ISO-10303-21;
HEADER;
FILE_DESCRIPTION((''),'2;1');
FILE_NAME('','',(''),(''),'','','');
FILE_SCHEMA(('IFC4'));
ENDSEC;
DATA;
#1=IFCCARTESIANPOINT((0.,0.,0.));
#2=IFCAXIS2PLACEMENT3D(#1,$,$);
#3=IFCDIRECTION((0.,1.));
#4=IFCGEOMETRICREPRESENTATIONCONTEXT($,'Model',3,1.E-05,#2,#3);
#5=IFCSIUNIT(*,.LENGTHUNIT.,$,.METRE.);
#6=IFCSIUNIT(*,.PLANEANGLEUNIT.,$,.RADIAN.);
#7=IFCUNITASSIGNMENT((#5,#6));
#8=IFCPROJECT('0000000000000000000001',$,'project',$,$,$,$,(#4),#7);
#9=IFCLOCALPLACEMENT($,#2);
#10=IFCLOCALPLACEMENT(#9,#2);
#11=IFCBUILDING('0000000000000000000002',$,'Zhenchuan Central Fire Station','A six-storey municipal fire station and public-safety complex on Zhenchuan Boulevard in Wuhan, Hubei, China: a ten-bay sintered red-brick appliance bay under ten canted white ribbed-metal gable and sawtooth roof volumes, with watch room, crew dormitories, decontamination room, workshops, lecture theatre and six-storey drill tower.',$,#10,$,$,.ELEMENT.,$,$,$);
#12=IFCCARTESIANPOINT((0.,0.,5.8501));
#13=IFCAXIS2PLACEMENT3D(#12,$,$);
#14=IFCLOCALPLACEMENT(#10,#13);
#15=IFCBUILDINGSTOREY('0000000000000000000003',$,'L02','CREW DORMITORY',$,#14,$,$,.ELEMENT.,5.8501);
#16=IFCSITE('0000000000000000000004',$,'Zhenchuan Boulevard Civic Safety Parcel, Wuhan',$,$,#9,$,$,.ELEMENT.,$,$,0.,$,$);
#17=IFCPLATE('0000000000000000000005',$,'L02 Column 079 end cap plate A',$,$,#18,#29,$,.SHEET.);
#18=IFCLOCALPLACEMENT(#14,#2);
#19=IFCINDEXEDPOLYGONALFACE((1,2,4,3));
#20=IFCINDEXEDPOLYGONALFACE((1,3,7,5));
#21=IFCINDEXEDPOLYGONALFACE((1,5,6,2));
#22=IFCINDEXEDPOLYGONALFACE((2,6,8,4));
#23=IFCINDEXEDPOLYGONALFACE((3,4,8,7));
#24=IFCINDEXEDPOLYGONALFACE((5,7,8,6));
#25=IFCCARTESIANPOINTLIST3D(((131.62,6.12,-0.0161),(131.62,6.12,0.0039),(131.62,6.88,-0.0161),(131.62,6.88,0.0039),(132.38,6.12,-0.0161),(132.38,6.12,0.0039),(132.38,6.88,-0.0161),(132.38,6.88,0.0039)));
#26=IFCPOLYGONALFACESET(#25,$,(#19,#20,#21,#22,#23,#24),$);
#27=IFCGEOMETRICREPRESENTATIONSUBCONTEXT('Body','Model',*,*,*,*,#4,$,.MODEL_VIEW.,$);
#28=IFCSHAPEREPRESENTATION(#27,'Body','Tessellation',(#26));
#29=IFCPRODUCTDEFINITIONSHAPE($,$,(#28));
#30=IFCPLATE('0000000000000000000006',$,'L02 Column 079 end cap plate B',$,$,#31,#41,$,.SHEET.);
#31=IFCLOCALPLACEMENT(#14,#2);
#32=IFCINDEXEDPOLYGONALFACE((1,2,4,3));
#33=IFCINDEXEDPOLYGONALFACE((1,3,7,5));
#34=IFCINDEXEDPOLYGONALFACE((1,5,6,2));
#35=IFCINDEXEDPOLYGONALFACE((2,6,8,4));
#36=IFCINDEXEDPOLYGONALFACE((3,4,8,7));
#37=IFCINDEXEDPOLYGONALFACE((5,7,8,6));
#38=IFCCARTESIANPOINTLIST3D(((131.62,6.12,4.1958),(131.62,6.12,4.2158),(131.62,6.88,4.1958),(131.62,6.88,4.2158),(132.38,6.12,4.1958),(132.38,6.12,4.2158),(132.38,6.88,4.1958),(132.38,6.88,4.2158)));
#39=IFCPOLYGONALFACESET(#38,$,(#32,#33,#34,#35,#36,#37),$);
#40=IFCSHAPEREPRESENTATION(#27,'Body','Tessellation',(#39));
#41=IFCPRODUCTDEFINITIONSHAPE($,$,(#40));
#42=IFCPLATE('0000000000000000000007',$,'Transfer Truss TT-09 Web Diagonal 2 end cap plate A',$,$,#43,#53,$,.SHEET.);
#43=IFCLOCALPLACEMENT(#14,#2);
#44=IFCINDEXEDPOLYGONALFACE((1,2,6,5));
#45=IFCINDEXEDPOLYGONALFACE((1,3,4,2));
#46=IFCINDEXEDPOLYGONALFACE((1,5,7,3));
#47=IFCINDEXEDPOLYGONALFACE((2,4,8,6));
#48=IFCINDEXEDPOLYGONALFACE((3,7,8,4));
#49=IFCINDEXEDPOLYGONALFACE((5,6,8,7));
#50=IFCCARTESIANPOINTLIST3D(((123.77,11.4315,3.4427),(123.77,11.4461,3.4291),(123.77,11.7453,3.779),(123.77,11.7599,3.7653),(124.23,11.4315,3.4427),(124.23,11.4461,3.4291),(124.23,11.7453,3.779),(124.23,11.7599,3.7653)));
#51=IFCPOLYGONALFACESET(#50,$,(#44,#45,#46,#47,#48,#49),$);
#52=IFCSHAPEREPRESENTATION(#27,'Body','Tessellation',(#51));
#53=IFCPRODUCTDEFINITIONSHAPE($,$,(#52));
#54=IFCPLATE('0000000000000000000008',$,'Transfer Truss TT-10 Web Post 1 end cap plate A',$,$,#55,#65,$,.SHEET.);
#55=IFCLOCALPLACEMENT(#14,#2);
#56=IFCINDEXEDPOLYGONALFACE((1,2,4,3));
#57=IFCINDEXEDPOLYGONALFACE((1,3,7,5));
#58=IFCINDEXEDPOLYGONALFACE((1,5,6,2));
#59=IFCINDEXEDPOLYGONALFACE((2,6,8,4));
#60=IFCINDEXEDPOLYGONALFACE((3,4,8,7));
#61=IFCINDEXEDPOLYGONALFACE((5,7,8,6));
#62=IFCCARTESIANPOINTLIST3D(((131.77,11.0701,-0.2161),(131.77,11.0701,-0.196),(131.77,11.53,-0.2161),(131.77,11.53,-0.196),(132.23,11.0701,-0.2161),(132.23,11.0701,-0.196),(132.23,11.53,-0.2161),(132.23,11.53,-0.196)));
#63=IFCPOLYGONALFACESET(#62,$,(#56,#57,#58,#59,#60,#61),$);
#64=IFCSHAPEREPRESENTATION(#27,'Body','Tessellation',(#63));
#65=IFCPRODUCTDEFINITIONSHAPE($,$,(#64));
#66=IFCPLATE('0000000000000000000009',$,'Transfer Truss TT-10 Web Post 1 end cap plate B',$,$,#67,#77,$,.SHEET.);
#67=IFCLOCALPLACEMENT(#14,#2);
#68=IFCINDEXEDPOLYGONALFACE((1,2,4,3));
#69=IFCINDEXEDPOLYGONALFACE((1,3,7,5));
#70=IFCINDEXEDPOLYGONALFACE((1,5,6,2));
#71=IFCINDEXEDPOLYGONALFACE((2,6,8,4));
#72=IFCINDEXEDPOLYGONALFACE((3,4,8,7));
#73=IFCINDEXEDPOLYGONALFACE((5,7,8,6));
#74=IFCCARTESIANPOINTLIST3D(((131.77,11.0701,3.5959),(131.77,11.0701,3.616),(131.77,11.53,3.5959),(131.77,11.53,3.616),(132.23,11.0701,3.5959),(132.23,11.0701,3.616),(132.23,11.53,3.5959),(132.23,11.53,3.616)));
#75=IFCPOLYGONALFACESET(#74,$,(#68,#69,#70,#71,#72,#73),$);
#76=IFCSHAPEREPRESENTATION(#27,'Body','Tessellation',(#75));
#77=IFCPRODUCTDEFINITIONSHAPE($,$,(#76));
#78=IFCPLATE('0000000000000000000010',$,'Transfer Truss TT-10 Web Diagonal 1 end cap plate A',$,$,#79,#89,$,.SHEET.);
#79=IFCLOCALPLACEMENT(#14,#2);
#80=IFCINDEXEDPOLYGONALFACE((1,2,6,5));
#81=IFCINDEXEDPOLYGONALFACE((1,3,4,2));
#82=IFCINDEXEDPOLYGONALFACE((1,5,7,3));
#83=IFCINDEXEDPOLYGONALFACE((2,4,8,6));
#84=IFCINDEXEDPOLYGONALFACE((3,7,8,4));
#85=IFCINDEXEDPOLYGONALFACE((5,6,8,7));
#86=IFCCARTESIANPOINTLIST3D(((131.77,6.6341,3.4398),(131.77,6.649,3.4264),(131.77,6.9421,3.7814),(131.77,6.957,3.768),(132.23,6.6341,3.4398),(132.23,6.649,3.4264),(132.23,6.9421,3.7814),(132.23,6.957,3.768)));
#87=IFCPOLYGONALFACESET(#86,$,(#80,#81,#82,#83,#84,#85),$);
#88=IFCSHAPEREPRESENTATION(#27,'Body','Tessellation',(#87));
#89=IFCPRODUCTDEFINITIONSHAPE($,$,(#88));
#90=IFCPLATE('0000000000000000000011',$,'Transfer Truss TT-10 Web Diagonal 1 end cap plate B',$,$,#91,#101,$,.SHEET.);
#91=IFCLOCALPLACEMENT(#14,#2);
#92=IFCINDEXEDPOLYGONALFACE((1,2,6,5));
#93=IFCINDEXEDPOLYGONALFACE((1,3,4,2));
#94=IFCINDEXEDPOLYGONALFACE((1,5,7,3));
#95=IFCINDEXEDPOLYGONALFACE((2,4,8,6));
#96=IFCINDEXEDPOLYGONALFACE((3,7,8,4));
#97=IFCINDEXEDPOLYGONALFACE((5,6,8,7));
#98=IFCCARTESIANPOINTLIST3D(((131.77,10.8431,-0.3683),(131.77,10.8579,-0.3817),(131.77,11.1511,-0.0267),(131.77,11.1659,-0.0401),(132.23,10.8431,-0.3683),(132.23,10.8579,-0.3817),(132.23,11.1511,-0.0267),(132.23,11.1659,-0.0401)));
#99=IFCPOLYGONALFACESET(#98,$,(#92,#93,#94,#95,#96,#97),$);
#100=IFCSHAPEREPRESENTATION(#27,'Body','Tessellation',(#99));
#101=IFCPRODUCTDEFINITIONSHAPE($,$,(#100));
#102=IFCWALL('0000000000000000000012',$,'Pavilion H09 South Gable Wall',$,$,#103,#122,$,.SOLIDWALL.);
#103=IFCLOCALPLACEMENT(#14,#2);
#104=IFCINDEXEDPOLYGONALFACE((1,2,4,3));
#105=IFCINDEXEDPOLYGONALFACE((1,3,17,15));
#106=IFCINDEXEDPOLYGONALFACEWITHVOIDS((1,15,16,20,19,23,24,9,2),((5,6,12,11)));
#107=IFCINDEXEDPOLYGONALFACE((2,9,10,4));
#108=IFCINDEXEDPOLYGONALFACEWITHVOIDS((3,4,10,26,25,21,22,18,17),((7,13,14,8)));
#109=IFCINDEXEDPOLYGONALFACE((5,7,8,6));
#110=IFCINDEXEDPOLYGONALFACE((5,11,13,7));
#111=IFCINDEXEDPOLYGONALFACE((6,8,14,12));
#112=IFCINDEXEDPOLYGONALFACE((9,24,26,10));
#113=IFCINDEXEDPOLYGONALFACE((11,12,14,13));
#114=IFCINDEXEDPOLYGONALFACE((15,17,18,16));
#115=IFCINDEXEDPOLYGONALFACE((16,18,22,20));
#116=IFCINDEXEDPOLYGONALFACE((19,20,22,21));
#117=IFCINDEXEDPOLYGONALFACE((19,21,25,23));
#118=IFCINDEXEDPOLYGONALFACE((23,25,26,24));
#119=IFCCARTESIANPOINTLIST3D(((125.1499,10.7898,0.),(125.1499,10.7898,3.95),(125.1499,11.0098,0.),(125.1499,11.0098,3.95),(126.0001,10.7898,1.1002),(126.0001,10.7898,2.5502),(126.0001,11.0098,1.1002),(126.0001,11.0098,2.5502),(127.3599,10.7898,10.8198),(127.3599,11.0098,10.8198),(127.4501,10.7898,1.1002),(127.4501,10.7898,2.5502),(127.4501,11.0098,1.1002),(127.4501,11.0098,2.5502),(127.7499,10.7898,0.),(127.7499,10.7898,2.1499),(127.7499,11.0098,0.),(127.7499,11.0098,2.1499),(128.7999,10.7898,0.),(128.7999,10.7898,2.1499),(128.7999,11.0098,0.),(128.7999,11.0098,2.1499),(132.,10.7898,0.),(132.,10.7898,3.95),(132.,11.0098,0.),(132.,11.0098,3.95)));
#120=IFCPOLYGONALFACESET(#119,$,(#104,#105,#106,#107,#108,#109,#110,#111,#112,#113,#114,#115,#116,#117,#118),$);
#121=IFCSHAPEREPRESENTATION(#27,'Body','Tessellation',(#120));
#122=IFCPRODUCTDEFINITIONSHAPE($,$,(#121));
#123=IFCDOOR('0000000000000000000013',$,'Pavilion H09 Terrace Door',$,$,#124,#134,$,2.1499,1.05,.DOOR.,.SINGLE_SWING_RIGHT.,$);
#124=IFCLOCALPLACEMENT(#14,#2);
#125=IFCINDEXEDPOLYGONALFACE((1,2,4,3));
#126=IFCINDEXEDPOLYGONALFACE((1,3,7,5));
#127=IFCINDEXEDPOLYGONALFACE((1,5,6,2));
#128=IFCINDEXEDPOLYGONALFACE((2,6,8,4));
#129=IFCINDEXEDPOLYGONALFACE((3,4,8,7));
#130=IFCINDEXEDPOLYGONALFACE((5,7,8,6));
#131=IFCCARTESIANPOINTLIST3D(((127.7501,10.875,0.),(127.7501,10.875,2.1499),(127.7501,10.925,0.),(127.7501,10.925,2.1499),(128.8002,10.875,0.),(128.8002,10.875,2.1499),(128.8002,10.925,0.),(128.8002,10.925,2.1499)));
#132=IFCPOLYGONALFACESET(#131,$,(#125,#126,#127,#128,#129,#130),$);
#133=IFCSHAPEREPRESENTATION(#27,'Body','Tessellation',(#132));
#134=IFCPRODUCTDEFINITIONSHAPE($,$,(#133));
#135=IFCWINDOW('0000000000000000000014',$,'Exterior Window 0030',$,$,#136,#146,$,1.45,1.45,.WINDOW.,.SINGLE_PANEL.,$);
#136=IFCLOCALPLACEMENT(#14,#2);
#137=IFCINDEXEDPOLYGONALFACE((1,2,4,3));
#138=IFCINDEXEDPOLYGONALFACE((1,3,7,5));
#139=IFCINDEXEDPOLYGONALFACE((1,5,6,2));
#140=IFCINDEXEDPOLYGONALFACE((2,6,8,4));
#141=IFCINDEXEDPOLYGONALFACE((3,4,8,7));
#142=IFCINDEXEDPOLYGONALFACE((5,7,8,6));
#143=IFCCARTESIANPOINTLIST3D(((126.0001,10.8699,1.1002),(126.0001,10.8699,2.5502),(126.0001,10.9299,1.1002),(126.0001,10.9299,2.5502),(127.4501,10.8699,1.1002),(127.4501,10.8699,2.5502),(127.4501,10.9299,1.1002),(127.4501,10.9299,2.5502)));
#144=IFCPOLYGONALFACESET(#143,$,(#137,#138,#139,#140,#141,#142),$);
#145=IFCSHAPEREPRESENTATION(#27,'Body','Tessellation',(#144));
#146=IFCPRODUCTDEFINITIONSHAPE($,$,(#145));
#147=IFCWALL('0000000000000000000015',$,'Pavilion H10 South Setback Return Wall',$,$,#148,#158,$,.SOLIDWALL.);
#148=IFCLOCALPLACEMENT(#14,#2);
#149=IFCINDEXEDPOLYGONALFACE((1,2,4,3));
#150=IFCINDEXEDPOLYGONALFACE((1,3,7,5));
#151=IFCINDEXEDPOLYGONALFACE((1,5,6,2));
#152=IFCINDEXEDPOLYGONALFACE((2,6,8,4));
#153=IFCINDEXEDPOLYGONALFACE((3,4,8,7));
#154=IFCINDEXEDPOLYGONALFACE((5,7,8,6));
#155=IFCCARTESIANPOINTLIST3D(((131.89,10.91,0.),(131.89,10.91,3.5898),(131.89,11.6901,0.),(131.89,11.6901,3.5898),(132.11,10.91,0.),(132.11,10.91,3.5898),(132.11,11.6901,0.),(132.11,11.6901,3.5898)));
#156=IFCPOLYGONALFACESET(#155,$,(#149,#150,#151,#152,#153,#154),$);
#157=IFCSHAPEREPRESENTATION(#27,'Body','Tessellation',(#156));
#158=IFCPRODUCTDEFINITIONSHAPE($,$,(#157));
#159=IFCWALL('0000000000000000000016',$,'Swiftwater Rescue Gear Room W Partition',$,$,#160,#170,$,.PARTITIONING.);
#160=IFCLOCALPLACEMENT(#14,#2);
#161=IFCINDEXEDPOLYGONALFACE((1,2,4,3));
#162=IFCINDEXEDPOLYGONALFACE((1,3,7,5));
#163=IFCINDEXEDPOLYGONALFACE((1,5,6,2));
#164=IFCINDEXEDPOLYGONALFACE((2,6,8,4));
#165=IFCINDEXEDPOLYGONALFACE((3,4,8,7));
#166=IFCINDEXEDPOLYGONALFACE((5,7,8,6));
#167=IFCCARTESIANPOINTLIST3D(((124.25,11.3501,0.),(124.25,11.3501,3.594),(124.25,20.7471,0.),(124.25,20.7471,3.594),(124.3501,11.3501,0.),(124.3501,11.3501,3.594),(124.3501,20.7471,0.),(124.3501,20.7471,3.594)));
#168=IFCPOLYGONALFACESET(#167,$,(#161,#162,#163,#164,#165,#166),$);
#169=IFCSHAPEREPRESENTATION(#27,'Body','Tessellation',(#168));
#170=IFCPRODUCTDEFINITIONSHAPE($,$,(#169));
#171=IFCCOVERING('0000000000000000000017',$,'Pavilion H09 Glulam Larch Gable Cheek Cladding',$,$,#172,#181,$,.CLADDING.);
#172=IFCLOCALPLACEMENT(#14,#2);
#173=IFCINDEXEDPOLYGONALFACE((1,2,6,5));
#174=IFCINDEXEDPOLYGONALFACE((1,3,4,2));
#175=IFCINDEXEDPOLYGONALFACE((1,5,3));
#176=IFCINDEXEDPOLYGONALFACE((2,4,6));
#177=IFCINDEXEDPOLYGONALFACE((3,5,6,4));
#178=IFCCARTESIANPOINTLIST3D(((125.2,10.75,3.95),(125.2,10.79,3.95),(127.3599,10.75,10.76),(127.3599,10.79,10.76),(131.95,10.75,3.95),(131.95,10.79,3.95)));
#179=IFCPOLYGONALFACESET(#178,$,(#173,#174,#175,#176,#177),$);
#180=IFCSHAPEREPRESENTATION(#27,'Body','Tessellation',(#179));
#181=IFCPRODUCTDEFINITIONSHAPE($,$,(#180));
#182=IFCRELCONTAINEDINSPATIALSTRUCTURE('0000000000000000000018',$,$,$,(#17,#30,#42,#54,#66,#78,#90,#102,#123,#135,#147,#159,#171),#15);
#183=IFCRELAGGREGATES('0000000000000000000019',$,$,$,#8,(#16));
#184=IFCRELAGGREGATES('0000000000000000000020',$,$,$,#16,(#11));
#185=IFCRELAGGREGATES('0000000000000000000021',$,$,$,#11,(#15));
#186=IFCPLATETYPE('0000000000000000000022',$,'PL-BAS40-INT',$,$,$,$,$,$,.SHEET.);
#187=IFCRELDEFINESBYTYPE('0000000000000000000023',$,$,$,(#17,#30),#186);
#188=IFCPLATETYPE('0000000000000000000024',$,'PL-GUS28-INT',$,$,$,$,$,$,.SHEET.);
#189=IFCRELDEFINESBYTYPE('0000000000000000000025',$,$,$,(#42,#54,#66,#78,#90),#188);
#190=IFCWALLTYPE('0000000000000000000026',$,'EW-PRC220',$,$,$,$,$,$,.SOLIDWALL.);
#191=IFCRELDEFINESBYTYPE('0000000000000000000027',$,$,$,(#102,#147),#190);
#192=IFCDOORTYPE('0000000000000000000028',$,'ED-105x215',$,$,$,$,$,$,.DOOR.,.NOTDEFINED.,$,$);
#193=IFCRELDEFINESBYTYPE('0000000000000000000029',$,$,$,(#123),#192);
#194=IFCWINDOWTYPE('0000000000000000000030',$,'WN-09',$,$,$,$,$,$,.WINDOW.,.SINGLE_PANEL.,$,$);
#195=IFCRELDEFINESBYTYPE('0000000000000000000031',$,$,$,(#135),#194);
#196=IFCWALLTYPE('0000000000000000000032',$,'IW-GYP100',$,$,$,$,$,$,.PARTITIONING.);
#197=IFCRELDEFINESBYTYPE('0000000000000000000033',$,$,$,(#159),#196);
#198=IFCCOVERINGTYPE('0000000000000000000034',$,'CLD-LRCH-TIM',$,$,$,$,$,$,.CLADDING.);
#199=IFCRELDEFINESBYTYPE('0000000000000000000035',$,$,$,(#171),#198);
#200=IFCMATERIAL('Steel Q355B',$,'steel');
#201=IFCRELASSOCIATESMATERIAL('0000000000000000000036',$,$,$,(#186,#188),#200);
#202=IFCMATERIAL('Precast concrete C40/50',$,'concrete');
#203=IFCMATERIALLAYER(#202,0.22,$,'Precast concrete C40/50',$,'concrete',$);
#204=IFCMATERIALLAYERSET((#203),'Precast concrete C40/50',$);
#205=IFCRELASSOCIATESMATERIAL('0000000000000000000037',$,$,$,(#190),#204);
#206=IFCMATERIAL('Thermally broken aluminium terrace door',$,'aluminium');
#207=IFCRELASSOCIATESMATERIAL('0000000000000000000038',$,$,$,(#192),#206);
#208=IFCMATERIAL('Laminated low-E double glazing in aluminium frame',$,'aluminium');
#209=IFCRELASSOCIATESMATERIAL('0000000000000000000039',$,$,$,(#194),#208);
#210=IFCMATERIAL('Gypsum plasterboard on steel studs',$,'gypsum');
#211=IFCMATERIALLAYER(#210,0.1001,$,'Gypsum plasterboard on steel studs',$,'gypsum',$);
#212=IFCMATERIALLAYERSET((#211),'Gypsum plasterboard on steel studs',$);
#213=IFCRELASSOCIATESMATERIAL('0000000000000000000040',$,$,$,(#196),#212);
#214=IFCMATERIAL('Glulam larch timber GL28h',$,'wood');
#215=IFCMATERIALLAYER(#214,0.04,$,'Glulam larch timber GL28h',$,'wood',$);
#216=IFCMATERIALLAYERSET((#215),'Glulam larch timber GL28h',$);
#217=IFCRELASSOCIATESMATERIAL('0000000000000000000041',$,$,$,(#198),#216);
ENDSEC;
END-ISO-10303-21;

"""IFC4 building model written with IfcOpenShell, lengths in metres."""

from ifc_helpers import new_model, si_unit, direction, frame, frame_2d, origin, origin_2d, place, context, subcontext, project, spatial, polyline, rectangle, outline, extrude, material, layer, layer_set, material_profile, profile_set, type_object, element, fill, save


model = new_model("IFC4")

# Units and contexts
model_context = context("Model", 3, precision=1e-05, world=origin(), true_north=direction((0.0, 1.0)))
body_context = subcontext(model_context, "Body", "Model", "MODEL_VIEW")
ifc_project = project(units=[si_unit("LENGTHUNIT", "METRE"), si_unit("PLANEANGLEUNIT", "RADIAN")], contexts=[model_context])

# Site, building, storey
site_placement = place(None, origin())
site = spatial("IfcSite", under=ifc_project, at=site_placement, Name="Zhenchuan Boulevard Civic Safety Parcel, Wuhan", CompositionType="ELEMENT", RefElevation=0.0)
building_placement = place(site_placement, origin())
building = spatial("IfcBuilding", under=site, at=building_placement, Name="Zhenchuan Central Fire Station", Description="A six-storey municipal fire station and public-safety complex on Zhenchuan Boulevard in Wuhan, Hubei, China: a ten-bay sintered red-brick appliance bay under ten canted white ribbed-metal gable and sawtooth roof volumes, with watch room, crew dormitories, decontamination room, workshops, lecture theatre and six-storey drill tower.", CompositionType="ELEMENT")
storey_placement = place(building_placement, frame((0.0, 0.0, 5.8501)))
storey = spatial("IfcBuildingStorey", under=building, at=storey_placement, Name="L02", Description="CREW DORMITORY", CompositionType="ELEMENT", Elevation=5.8501)

# Shared definitions
ifc_material_1 = material(Name="Steel Q355B", Category="steel")

# Plates
ifc_material_profile_1 = material_profile(ifc_material_1, rectangle(XDim=0.76, YDim=0.76, at=origin_2d()), Name="PL 760x760x40")
ifc_profile_set_1 = profile_set([ifc_material_profile_1], Name="Steel Q355B")
plate_type_1 = type_object("IfcPlateType", Name="PL-BAS40-INT", PredefinedType="SHEET", material=ifc_profile_set_1)
for number, where, z_axis, x_axis, name in (
    (1, (132.0, 6.5, -0.0161), (0.0, 0.0, 1.0), (1.0, 0.0, 0.0), "L02 Column 079 end cap plate A"),
    (2, (132.0, 6.5, 4.1958), (0.0, 0.0, 1.0), (1.0, 0.0, 0.0), "L02 Column 079 end cap plate B"),
):
    element("IfcPlate", number, at=place(storey_placement, frame(where, z_axis=z_axis, x_axis=x_axis)), inside=storey, type_object=plate_type_1, Name=name, PredefinedType="SHEET", context=body_context, shape_type="SweptSolid", body=[
        extrude(rectangle(XDim=0.76, YDim=0.76, at=origin_2d()), origin(), (0.0, 0.0, 1.0), 0.02),
    ])
ifc_material_profile_2 = material_profile(ifc_material_1, rectangle(XDim=0.46, YDim=0.46, at=origin_2d()), Name="PL 460x460x28")
ifc_profile_set_2 = profile_set([ifc_material_profile_2], Name="Steel Q355B")
plate_type_2 = type_object("IfcPlateType", Name="PL-GUS28-INT", PredefinedType="SHEET", material=ifc_profile_set_2)
for number, where, z_axis, x_axis, name in (
    (3, (124.0, 11.5884, 3.6108), (0.0, 0.731055, -0.682318), (-1.0, 0.0, 0.0), "Transfer Truss TT-09 Web Diagonal 2 end cap plate A"),
    (4, (132.0, 11.3, -0.2161), (0.0, 0.0, 1.0), (1.0, 0.0, 0.0), "Transfer Truss TT-10 Web Post 1 end cap plate A"),
    (5, (132.0, 11.3, 3.5959), (0.0, 0.0, 1.0), (1.0, 0.0, 0.0), "Transfer Truss TT-10 Web Post 1 end cap plate B"),
    (6, (132.0, 6.7881, 3.6106), (0.0, 0.742688, -0.669637), (-1.0, 0.0, 0.0), "Transfer Truss TT-10 Web Diagonal 1 end cap plate A"),
    (7, (132.0, 10.9971, -0.1975), (0.0, 0.742688, -0.669637), (-1.0, 0.0, 0.0), "Transfer Truss TT-10 Web Diagonal 1 end cap plate B"),
):
    element("IfcPlate", number, at=place(storey_placement, frame(where, z_axis=z_axis, x_axis=x_axis)), inside=storey, type_object=plate_type_2, Name=name, PredefinedType="SHEET", context=body_context, shape_type="SweptSolid", body=[
        extrude(rectangle(XDim=0.46, YDim=0.46, at=origin_2d()), origin(), (0.0, 0.0, 1.0), 0.02),
    ])

# Wall, openings, door, window
ifc_material_2 = material(Name="Precast concrete C40/50", Category="concrete")
ifc_layer_1 = layer(ifc_material_2, 0.22, Name="Precast concrete C40/50", Category="concrete")
ifc_layer_set_1 = layer_set([ifc_layer_1], Name="Precast concrete C40/50")
wall_type_1 = type_object("IfcWallType", Name="EW-PRC220", PredefinedType="SOLIDWALL", material=ifc_layer_set_1)
wall_1_placement = place(storey_placement, frame((125.1499, 10.8999, 0.0), z_axis=(0.0, 0.0, 1.0), x_axis=(1.0, 0.0, 0.0)))
wall_1 = element("IfcWall", 8, at=wall_1_placement, inside=storey, type_object=wall_type_1, Name="Pavilion H09 South Gable Wall", PredefinedType="SOLIDWALL", context=body_context, shape_type="SweptSolid", body=[
    extrude(outline(polyline([(0.0, 0.0), (6.8501, 0.0), (6.8501, 3.95), (2.21, 10.8198), (0.0, 3.95), (0.0, 0.0)])), frame((0.0, 0.1099, 0.0), z_axis=(0.0, -1.0, 0.0), x_axis=(1.0, 0.0, 0.0)), (0.0, 0.0, 1.0), 0.22),
])
opening_1_placement = place(wall_1_placement, frame((2.6001, 0.0, 0.0)))
opening_1 = element("IfcOpeningElement", 9, at=opening_1_placement, cuts=wall_1, PredefinedType="OPENING", context=body_context, shape_type="SweptSolid", body=[
    extrude(rectangle(XDim=1.05, YDim=2.1499, at=frame_2d((0.5249, 1.075))), frame((0.0, 0.1199, 0.0), z_axis=(0.0, -1.0, 0.0), x_axis=(1.0, 0.0, 0.0)), (0.0, 0.0, 1.0), 0.24),
])
opening_2_placement = place(wall_1_placement, frame((0.8501, 0.0, 1.1001)))
opening_2 = element("IfcOpeningElement", 10, at=opening_2_placement, cuts=wall_1, PredefinedType="OPENING", context=body_context, shape_type="SweptSolid", body=[
    extrude(rectangle(XDim=1.45, YDim=1.45, at=frame_2d((0.7251, 0.7251))), frame((0.0, 0.1199, 0.0), z_axis=(0.0, -1.0, 0.0), x_axis=(1.0, 0.0, 0.0)), (0.0, 0.0, 1.0), 0.24),
])
ifc_material_3 = material(Name="Thermally broken aluminium terrace door", Category="aluminium")
door_type = type_object("IfcDoorType", Name="ED-105x215", OperationType="NOTDEFINED", PredefinedType="DOOR", material=ifc_material_3)
door_placement = place(opening_1_placement, frame((1.05, 0.0, 0.0), z_axis=(0.0, 0.0, 1.0), x_axis=(-1.0, 0.0, 0.0)))
door = element("IfcDoor", 11, at=door_placement, inside=storey, type_object=door_type, Name="Pavilion H09 Terrace Door", OperationType="SINGLE_SWING_RIGHT", OverallHeight=2.1499, OverallWidth=1.05, PredefinedType="DOOR", context=body_context, shape_type="SweptSolid", body=[
    extrude(rectangle(XDim=1.05, YDim=2.1499, at=frame_2d((0.5249, 1.075))), frame((0.0, 0.0249, 0.0), z_axis=(0.0, -1.0, 0.0), x_axis=(1.0, 0.0, 0.0)), (0.0, 0.0, 1.0), 0.05),
])
fill(opening_1, door)
ifc_material_4 = material(Name="Laminated low-E double glazing in aluminium frame", Category="aluminium")
window_type = type_object("IfcWindowType", Name="WN-09", PartitioningType="SINGLE_PANEL", PredefinedType="WINDOW", material=ifc_material_4)
window_placement = place(opening_2_placement, origin())
window = element("IfcWindow", 12, at=window_placement, inside=storey, type_object=window_type, Name="Exterior Window 0030", OverallHeight=1.45, OverallWidth=1.45, PartitioningType="SINGLE_PANEL", PredefinedType="WINDOW", context=body_context, shape_type="SweptSolid", body=[
    extrude(rectangle(XDim=1.45, YDim=1.45, at=frame_2d((0.7251, 0.7251))), frame((0.0, 0.03, 0.0), z_axis=(0.0, -1.0, 0.0), x_axis=(1.0, 0.0, 0.0)), (0.0, 0.0, 1.0), 0.0601),
])
fill(opening_2, window)

# Walls
wall_2_placement = place(storey_placement, frame((132.0, 10.9099, 0.0), z_axis=(0.0, 0.0, 1.0), x_axis=(0.0, 1.0, 0.0)))
element("IfcWall", 13, at=wall_2_placement, inside=storey, type_object=wall_type_1, Name="Pavilion H10 South Setback Return Wall", PredefinedType="SOLIDWALL", context=body_context, shape_type="SweptSolid", body=[
    extrude(rectangle(XDim=0.78, YDim=0.22, at=frame_2d((0.3901, 0.0))), origin(), (0.0, 0.0, 1.0), 3.5898),
])
ifc_material_5 = material(Name="Gypsum plasterboard on steel studs", Category="gypsum")
ifc_layer_2 = layer(ifc_material_5, 0.1001, Name="Gypsum plasterboard on steel studs", Category="gypsum")
ifc_layer_set_2 = layer_set([ifc_layer_2], Name="Gypsum plasterboard on steel studs")
wall_type_2 = type_object("IfcWallType", Name="IW-GYP100", PredefinedType="PARTITIONING", material=ifc_layer_set_2)
wall_3_placement = place(storey_placement, frame((124.3, 11.3501, 0.0), z_axis=(0.0, 0.0, 1.0), x_axis=(0.0, 1.0, 0.0)))
element("IfcWall", 14, at=wall_3_placement, inside=storey, type_object=wall_type_2, Name="Swiftwater Rescue Gear Room W Partition", PredefinedType="PARTITIONING", context=body_context, shape_type="SweptSolid", body=[
    extrude(rectangle(XDim=9.397, YDim=0.1001, at=frame_2d((4.6985, 0.0))), origin(), (0.0, 0.0, 1.0), 3.594),
])

# Covering
ifc_material_6 = material(Name="Glulam larch timber GL28h", Category="wood")
ifc_layer_3 = layer(ifc_material_6, 0.04, Name="Glulam larch timber GL28h", Category="wood")
ifc_layer_set_3 = layer_set([ifc_layer_3], Name="Glulam larch timber GL28h")
covering_type_1 = type_object("IfcCoveringType", Name="CLD-LRCH-TIM", PredefinedType="CLADDING", material=ifc_layer_set_3)
covering_1_placement = place(storey_placement, frame((125.2, 10.77, 3.95), z_axis=(0.0, 0.0, 1.0), x_axis=(1.0, 0.0, 0.0)))
element("IfcCovering", 15, at=covering_1_placement, inside=storey, type_object=covering_type_1, Name="Pavilion H09 Glulam Larch Gable Cheek Cladding", PredefinedType="CLADDING", context=body_context, shape_type="SweptSolid", body=[
    extrude(outline(polyline([(0.0, 0.0), (6.75, 0.0), (6.75, 0.0), (2.1599, 6.8101), (0.0, 0.0), (0.0, 0.0)])), frame((0.0, 0.02, 0.0), z_axis=(0.0, -1.0, 0.0), x_axis=(1.0, 0.0, 0.0)), (0.0, 0.0, 1.0), 0.04),
])

save(model, "model.ifc")
